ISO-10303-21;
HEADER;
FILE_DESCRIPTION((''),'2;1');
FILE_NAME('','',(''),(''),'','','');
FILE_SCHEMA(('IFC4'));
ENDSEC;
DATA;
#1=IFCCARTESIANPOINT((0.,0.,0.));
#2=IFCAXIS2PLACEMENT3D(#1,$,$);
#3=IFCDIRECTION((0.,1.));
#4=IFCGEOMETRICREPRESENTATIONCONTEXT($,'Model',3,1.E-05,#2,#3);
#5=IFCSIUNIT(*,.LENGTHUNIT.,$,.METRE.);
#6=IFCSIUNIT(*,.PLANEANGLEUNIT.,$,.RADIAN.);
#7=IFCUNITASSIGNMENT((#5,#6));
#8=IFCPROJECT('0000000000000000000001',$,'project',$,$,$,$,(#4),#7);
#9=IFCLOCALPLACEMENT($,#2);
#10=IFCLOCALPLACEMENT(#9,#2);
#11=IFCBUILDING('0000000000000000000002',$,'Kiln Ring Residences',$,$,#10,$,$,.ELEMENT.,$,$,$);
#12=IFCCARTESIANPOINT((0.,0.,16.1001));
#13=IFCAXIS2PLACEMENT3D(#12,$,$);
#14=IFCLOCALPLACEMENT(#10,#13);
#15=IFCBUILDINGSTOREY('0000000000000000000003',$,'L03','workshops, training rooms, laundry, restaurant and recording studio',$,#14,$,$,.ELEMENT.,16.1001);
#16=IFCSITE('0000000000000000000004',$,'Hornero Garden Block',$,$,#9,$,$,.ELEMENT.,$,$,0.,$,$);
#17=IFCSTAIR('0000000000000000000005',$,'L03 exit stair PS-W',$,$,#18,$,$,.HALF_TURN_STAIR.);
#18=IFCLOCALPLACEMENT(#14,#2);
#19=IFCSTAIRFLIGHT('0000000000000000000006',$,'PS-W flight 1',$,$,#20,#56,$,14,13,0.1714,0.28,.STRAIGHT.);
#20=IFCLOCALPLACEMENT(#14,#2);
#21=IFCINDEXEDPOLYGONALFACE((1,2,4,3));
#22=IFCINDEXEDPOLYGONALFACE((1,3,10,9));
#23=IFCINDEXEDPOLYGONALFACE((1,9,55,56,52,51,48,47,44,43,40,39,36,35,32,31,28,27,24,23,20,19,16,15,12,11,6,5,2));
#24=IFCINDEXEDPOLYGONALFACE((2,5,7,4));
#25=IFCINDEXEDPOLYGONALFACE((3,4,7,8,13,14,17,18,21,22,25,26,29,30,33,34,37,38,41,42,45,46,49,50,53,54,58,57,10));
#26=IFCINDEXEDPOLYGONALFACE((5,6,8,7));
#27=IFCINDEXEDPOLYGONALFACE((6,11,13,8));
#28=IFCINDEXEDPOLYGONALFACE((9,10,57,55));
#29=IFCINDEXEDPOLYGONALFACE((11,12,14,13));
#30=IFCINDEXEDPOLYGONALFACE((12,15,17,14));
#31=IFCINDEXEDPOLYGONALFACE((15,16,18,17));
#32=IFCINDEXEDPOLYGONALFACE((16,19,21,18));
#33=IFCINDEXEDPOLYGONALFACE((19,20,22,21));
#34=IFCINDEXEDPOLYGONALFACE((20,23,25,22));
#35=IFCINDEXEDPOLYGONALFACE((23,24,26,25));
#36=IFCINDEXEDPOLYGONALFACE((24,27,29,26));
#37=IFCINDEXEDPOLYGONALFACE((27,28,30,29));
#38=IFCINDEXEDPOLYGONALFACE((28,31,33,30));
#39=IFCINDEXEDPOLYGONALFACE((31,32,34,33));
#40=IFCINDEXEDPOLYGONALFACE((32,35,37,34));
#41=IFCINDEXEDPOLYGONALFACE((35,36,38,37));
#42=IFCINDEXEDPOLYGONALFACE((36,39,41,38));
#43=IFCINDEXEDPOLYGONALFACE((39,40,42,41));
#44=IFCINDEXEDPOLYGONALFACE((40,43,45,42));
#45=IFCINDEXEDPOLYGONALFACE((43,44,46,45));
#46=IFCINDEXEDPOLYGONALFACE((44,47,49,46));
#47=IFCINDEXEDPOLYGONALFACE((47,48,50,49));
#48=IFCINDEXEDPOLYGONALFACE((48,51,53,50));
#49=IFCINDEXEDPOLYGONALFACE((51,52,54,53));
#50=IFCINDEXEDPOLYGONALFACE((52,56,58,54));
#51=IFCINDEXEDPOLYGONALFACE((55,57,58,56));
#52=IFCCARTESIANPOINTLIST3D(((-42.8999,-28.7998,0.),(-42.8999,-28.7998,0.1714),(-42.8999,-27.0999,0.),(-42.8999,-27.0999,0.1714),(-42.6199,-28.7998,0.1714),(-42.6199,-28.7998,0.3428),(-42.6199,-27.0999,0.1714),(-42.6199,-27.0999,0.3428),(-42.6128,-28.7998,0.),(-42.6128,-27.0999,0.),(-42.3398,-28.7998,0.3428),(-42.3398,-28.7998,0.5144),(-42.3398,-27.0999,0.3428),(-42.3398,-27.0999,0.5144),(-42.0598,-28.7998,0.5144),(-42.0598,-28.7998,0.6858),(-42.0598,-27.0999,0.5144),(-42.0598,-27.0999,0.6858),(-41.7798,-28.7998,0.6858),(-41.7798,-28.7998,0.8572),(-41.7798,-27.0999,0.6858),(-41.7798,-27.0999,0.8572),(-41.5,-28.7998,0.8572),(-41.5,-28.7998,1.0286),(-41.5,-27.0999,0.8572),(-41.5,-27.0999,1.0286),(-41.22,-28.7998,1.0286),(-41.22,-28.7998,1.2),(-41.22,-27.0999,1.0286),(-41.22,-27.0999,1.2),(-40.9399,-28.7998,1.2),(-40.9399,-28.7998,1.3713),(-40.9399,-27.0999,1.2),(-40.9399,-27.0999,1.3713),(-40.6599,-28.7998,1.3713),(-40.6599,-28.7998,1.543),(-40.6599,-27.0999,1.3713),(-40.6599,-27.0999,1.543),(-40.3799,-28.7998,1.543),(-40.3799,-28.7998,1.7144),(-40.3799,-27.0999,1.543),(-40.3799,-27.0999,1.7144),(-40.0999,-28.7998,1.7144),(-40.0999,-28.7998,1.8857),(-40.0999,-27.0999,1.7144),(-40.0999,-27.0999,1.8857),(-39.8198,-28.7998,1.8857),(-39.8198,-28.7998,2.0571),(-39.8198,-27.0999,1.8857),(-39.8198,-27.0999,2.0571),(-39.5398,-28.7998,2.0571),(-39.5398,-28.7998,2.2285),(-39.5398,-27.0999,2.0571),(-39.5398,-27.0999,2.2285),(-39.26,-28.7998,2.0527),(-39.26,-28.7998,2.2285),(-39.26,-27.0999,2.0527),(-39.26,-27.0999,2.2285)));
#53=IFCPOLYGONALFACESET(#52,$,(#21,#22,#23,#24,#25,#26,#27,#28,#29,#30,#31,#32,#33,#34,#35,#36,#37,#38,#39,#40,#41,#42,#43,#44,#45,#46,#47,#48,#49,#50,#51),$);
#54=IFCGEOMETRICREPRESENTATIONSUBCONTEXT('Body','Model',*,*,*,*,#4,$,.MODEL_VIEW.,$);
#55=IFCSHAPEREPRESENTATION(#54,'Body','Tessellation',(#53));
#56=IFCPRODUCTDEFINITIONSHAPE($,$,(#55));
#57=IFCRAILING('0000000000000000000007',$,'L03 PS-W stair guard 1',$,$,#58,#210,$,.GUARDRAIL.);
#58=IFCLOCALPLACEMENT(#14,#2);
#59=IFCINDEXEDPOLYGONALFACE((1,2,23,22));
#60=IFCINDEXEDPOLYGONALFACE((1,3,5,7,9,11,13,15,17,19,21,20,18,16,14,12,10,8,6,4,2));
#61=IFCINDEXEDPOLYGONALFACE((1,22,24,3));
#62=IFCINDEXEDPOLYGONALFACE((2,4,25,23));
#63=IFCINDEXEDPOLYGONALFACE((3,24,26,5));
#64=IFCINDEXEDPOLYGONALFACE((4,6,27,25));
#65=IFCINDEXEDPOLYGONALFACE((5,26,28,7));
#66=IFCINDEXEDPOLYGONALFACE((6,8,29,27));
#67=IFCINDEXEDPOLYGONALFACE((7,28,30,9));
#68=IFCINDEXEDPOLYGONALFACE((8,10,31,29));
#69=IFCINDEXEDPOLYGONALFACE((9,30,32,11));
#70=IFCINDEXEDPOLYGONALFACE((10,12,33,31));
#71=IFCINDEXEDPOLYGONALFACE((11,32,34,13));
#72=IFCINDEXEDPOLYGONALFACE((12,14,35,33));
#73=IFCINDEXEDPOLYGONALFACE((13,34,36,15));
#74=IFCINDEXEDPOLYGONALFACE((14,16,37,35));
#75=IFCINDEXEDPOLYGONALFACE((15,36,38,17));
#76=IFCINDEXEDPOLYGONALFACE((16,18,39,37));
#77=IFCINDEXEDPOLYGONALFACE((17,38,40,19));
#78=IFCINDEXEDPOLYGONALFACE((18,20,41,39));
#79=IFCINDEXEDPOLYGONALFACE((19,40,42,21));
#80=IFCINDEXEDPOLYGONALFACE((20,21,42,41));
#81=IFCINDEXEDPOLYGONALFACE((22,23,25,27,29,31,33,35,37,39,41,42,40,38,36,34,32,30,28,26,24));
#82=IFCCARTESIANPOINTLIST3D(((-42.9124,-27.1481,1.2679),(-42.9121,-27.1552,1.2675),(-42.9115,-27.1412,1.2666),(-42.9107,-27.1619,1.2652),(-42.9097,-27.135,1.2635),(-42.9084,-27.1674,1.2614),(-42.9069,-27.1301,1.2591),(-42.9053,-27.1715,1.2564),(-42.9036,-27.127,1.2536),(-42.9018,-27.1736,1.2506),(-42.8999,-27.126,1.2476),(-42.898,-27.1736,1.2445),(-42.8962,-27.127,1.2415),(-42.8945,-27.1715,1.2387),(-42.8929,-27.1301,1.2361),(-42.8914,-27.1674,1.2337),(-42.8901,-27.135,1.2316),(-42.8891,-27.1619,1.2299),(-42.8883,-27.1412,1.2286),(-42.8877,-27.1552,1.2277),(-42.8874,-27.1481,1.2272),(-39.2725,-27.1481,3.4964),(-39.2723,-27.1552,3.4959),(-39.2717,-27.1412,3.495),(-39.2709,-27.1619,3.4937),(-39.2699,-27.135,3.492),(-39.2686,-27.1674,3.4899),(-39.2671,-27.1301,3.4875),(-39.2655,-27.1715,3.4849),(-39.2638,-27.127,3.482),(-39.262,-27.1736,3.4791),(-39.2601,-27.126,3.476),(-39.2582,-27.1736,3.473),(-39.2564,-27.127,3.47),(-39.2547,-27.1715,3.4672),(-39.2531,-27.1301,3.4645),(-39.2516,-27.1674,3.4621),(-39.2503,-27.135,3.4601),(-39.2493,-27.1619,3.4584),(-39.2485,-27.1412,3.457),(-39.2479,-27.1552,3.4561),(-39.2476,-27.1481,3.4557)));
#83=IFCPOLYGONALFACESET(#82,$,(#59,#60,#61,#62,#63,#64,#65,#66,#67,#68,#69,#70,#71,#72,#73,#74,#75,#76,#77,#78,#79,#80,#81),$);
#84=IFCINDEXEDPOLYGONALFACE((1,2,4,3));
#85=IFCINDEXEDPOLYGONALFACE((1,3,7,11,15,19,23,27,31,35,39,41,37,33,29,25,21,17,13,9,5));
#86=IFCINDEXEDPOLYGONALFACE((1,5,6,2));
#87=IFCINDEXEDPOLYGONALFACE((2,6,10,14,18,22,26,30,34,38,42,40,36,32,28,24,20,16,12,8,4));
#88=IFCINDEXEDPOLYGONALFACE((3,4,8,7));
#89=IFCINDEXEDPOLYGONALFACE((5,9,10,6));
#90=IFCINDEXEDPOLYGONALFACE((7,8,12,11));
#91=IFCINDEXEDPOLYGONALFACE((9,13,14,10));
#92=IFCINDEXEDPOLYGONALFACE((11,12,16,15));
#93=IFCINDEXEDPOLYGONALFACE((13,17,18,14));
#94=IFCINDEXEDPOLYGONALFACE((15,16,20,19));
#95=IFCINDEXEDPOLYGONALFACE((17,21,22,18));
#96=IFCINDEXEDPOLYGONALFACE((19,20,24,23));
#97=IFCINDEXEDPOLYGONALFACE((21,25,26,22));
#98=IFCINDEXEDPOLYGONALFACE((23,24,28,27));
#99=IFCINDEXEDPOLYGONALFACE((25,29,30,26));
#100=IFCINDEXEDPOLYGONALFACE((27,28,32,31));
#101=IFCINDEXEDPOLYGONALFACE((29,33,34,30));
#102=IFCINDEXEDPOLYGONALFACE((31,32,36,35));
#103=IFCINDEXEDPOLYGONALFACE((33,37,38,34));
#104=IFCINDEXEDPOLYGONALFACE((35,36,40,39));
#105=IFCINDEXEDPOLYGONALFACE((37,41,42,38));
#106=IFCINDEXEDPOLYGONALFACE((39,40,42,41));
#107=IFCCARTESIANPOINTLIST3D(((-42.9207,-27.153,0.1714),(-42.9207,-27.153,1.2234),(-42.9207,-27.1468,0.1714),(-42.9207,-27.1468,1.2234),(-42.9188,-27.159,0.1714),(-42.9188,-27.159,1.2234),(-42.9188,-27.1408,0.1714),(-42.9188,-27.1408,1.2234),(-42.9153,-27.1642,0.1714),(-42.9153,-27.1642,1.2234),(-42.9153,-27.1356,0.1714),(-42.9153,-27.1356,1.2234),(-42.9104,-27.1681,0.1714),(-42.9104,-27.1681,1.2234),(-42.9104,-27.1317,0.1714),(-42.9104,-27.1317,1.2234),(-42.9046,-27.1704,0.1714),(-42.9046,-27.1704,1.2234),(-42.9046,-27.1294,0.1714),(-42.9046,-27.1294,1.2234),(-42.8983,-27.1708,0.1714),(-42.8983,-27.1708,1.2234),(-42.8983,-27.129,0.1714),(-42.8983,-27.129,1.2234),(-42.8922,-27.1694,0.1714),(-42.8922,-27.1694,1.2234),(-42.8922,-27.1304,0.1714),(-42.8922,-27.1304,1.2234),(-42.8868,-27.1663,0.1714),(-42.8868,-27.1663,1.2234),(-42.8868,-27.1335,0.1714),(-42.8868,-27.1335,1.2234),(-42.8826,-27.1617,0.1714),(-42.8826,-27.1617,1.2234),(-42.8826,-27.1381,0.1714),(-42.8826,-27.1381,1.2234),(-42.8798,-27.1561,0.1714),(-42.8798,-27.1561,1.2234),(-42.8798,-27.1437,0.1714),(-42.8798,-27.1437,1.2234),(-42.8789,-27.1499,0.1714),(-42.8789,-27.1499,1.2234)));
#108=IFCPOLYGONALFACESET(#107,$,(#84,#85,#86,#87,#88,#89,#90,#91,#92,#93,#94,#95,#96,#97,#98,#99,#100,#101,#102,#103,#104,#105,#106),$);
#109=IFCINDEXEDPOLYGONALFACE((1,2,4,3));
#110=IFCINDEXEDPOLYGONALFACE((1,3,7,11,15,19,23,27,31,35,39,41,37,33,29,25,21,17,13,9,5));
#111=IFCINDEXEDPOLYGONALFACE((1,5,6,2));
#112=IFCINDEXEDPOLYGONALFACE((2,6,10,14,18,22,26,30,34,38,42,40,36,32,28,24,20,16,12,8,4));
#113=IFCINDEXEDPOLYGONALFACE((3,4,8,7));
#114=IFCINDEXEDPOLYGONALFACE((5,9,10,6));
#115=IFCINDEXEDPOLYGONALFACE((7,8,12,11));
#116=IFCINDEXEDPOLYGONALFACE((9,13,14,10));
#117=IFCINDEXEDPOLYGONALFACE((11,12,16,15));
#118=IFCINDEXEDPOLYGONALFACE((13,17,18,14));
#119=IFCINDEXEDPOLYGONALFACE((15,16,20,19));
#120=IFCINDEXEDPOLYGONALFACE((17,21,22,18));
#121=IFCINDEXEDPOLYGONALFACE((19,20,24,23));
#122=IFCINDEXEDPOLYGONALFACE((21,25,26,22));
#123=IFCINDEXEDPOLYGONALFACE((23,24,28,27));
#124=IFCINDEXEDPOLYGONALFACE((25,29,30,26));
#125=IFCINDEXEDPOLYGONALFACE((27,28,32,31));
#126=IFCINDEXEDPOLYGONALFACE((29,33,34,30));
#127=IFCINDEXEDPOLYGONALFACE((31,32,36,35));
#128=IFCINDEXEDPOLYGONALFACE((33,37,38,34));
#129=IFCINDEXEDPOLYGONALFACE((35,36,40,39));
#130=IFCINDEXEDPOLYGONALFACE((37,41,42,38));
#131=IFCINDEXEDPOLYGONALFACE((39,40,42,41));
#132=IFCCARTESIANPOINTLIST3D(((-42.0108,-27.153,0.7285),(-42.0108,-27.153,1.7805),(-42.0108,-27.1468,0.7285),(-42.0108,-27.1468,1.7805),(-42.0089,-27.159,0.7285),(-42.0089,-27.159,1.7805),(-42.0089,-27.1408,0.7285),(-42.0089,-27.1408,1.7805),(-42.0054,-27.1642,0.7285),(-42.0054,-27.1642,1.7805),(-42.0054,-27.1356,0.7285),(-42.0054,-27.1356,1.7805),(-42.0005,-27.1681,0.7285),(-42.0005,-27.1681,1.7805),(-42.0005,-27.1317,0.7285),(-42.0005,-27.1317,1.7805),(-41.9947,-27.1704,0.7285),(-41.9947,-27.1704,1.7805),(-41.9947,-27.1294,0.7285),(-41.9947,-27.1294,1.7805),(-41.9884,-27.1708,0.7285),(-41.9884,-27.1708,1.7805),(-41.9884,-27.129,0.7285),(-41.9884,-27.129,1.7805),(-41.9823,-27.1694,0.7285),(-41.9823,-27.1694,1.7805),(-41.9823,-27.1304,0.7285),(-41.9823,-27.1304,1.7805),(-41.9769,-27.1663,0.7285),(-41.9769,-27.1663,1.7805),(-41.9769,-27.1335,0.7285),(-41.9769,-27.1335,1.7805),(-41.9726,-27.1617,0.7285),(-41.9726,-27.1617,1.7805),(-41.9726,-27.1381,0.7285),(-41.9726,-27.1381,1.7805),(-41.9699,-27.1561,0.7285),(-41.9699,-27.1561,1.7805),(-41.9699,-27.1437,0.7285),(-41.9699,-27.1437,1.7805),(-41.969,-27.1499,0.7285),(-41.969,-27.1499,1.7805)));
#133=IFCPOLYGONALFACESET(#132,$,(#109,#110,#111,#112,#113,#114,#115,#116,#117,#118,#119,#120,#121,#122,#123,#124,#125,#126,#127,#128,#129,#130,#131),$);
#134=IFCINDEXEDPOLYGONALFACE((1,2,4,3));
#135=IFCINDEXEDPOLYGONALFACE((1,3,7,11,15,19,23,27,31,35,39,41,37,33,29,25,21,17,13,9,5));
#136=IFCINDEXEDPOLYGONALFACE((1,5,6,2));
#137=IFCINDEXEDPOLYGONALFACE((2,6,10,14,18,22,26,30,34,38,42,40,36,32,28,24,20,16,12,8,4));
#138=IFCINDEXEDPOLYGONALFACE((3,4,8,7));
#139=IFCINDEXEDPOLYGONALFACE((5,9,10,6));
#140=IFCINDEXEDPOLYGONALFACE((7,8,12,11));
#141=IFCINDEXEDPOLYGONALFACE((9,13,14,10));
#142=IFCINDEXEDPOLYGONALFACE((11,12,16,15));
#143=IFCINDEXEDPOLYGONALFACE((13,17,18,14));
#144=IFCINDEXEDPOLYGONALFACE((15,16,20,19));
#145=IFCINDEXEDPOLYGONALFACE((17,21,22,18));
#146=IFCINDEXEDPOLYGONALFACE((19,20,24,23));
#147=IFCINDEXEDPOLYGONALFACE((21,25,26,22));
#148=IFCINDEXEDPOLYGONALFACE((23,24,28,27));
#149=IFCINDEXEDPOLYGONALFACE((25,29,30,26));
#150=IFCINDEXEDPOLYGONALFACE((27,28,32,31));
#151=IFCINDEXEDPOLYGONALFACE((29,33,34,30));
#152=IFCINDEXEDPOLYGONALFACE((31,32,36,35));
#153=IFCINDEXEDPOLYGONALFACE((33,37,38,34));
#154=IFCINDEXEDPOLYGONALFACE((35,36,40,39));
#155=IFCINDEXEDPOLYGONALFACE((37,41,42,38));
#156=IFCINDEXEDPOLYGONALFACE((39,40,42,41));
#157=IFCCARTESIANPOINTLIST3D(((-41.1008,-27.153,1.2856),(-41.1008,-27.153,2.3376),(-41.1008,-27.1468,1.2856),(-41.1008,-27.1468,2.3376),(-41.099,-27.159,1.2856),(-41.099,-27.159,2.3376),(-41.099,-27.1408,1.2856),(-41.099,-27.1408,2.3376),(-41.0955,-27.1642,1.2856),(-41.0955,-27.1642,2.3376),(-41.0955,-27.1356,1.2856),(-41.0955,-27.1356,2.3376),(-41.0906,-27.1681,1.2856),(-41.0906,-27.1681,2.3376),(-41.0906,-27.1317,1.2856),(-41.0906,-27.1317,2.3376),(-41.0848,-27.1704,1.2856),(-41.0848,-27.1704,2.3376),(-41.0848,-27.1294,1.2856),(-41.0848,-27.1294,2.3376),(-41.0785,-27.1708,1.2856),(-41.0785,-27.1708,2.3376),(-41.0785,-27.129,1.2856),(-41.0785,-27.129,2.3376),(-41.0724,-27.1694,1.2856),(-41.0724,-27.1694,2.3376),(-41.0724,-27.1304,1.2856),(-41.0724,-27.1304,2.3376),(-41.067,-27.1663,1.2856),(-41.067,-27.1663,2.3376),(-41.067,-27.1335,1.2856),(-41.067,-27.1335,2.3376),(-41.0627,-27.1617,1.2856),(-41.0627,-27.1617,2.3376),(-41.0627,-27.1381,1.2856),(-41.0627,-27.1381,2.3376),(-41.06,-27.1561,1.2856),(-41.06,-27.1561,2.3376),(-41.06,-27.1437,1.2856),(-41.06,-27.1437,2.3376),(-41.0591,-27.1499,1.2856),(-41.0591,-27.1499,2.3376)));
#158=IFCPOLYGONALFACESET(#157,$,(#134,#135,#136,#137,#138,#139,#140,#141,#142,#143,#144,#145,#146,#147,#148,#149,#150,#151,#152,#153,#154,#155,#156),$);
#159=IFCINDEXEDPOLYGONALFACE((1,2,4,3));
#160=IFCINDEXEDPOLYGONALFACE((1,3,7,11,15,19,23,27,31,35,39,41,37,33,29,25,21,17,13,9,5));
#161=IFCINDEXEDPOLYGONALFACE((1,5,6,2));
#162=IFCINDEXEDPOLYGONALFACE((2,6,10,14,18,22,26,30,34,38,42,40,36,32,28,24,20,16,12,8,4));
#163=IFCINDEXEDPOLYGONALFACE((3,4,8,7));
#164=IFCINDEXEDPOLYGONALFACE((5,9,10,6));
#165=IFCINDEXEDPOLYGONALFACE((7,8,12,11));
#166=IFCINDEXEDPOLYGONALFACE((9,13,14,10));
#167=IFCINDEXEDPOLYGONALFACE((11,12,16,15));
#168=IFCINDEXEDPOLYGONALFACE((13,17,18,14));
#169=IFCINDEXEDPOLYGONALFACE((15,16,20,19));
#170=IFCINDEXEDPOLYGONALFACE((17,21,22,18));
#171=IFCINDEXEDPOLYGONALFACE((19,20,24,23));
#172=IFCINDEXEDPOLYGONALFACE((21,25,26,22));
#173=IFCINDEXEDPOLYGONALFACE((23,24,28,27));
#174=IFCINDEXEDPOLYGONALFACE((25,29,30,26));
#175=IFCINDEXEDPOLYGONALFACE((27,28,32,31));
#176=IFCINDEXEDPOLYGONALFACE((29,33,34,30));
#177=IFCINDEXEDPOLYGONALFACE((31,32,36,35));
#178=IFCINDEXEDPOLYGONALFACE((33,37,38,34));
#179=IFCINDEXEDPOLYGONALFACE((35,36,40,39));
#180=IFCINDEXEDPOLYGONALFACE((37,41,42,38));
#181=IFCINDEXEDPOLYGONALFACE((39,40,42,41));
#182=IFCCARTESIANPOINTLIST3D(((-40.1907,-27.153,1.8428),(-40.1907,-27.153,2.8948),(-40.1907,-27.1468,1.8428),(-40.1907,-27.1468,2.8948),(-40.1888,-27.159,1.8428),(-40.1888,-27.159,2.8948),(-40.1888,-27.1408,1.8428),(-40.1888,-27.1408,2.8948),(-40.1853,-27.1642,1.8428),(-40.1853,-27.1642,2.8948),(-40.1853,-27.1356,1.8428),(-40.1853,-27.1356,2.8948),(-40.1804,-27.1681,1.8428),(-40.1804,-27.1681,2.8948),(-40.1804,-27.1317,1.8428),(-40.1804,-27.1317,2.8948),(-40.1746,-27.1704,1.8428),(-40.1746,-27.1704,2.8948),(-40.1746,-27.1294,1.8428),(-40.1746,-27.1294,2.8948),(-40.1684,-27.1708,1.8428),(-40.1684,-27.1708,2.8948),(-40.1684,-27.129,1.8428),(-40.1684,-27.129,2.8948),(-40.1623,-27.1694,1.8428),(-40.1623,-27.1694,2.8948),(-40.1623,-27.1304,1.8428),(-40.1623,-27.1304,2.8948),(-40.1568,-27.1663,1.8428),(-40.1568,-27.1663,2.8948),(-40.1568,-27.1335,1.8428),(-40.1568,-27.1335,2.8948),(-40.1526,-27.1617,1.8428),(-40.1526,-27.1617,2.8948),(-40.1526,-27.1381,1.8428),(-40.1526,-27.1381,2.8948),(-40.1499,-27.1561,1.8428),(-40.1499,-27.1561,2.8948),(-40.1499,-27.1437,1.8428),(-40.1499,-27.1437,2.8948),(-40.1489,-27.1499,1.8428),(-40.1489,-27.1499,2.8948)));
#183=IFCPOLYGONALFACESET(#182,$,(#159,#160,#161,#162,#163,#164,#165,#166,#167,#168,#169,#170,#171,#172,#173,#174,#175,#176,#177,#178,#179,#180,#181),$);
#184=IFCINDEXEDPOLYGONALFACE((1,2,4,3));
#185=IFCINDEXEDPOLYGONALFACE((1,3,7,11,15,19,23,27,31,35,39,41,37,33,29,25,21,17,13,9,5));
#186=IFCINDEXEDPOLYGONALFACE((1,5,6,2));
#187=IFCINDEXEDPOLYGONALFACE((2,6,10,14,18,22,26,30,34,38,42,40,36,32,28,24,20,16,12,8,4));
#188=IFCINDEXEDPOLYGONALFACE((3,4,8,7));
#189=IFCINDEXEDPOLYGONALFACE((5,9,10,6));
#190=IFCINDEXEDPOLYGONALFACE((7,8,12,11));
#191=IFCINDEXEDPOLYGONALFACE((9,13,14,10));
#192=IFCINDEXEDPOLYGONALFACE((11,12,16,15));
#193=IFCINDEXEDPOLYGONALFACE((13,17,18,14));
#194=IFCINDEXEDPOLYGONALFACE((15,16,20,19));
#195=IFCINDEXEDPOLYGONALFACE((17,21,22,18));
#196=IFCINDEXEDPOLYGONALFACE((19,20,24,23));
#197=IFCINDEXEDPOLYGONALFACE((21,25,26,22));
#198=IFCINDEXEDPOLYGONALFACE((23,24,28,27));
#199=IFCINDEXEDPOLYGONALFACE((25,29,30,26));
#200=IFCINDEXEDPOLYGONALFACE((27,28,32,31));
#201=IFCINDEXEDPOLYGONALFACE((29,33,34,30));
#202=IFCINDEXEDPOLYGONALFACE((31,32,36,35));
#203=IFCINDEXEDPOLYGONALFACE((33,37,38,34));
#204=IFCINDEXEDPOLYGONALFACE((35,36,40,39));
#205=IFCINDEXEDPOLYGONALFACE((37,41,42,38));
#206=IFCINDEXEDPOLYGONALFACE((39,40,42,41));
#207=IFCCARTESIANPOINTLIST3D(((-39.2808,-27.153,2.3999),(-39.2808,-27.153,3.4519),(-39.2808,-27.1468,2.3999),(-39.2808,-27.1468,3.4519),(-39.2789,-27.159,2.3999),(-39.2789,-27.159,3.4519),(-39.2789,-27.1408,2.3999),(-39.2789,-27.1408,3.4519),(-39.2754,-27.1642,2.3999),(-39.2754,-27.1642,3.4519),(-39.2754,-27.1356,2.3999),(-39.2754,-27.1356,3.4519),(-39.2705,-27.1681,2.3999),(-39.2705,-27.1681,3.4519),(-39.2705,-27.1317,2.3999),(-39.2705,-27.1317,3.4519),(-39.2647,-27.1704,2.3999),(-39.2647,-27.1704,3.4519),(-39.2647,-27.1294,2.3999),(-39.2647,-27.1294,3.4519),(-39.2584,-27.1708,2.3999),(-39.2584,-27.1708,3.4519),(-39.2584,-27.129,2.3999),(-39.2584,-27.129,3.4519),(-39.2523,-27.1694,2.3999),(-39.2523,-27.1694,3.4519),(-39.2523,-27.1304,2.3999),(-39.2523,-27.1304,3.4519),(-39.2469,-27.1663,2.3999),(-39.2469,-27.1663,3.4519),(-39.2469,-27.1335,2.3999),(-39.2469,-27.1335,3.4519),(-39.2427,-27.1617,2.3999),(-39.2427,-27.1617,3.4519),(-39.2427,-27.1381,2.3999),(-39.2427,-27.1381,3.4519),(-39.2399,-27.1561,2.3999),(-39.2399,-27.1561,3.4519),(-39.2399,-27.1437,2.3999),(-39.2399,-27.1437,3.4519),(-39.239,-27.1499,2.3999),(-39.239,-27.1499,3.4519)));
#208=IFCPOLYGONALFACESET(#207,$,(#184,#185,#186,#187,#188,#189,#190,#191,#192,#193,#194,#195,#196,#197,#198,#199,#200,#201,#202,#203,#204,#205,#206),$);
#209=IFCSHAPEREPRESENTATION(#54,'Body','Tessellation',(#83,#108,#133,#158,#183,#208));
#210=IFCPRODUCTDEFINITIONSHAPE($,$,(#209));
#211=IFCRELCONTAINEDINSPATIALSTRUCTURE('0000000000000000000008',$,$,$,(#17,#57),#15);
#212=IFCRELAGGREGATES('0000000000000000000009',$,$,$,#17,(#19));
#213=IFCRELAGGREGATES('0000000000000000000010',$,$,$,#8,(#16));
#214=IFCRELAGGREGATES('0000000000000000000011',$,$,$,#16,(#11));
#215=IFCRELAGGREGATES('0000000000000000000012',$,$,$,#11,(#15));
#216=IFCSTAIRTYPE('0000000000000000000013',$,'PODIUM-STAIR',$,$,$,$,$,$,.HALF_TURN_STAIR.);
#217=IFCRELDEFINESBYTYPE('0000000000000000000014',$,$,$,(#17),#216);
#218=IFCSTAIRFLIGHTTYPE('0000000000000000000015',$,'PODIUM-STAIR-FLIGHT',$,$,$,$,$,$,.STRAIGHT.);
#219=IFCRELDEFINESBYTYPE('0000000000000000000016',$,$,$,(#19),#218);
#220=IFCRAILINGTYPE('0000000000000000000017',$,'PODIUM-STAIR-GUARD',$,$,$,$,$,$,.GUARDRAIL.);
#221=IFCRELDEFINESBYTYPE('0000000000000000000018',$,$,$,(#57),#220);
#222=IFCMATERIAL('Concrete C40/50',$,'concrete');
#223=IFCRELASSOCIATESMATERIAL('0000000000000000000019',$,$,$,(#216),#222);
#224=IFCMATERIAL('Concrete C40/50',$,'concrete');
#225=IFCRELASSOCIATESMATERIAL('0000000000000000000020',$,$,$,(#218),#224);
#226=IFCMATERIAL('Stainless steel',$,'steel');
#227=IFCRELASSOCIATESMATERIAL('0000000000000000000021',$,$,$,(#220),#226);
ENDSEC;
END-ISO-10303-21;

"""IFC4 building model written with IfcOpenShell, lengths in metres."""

from ifc_helpers import new_model, si_unit, direction, frame, origin, origin_2d, place, context, subcontext, project, spatial, polyline, circle, outline, extrude, material, type_object, element, aggregate, save


model = new_model("IFC4")

# Units and contexts
model_context = context("Model", 3, precision=1e-05, world=origin(), true_north=direction((0.0, 1.0)))
body_context = subcontext(model_context, "Body", "Model", "MODEL_VIEW")
ifc_project = project(units=[si_unit("LENGTHUNIT", "METRE"), si_unit("PLANEANGLEUNIT", "RADIAN")], contexts=[model_context])

# Site, building, storey
site_placement = place(None, origin())
site = spatial("IfcSite", under=ifc_project, at=site_placement, Name="Hornero Garden Block", CompositionType="ELEMENT", RefElevation=0.0)
building_placement = place(site_placement, origin())
building = spatial("IfcBuilding", under=site, at=building_placement, Name="Kiln Ring Residences", CompositionType="ELEMENT")
storey_placement = place(building_placement, frame((0.0, 0.0, 16.1001)))
storey = spatial("IfcBuildingStorey", under=building, at=storey_placement, Name="L03", Description="workshops, training rooms, laundry, restaurant and recording studio", CompositionType="ELEMENT", Elevation=16.1001)

# Stair, stair flight
ifc_material_1 = material(Name="Concrete C40/50", Category="concrete")
stair_type = type_object("IfcStairType", Name="PODIUM-STAIR", PredefinedType="HALF_TURN_STAIR", material=ifc_material_1)
stair_placement = place(storey_placement, origin())
stair = element("IfcStair", 1, at=stair_placement, inside=storey, type_object=stair_type, Name="L03 exit stair PS-W", PredefinedType="HALF_TURN_STAIR")
ifc_material_2 = material(Name="Concrete C40/50", Category="concrete")
stair_flight_type = type_object("IfcStairFlightType", Name="PODIUM-STAIR-FLIGHT", PredefinedType="STRAIGHT", material=ifc_material_2)
stair_flight_placement = place(storey_placement, frame((-42.8999, -27.95, 0.0), z_axis=(0.0, 0.0, 1.0), x_axis=(1.0, 0.0, 0.0)))
stair_flight = element("IfcStairFlight", 2, at=stair_flight_placement, type_object=stair_flight_type, Name="PS-W flight 1", NumberOfRisers=14, NumberOfTreads=13, PredefinedType="STRAIGHT", RiserHeight=0.1714, TreadLength=0.28, context=body_context, shape_type="SweptSolid", body=[
    extrude(outline(polyline([(0.0, 0.0), (0.0, 0.1714), (0.28, 0.1714), (0.28, 0.3428), (0.5601, 0.3428), (0.5601, 0.5144), (0.8401, 0.5144), (0.8401, 0.6858), (1.1201, 0.6858), (1.1201, 0.8572), (1.3999, 0.8572), (1.3999, 1.0286), (1.6799, 1.0286), (1.6799, 1.2), (1.96, 1.2), (1.96, 1.3713), (2.24, 1.3713), (2.24, 1.543), (2.52, 1.543), (2.52, 1.7144), (2.8, 1.7144), (2.8, 1.8857), (3.0801, 1.8857), (3.0801, 2.0571), (3.3601, 2.0571), (3.3601, 2.2285), (3.6399, 2.2285), (3.6399, 2.3999), (3.6399, 2.0527), (0.2871, 0.0), (0.0, 0.0)])), frame((0.0, 0.8501, 0.0), z_axis=(0.0, -1.0, 0.0), x_axis=(1.0, 0.0, 0.0)), (0.0, 0.0, 1.0), 1.7),
])
aggregate(stair, [stair_flight])

# Railing
ifc_material_3 = material(Name="Stainless steel", Category="steel")
railing_type_1 = type_object("IfcRailingType", Name="PODIUM-STAIR-GUARD", PredefinedType="GUARDRAIL", material=ifc_material_3)
railing_1_placement = place(storey_placement, frame((-42.8999, -27.1499, 0.1714)))
element("IfcRailing", 3, at=railing_1_placement, inside=storey, type_object=railing_type_1, Name="L03 PS-W stair guard 1", PredefinedType="GUARDRAIL", context=body_context, shape_type="SweptSolid", body=[
    extrude(circle(Radius=0.0239, at=origin_2d()), frame((0.0, 0.0, 1.0762), z_axis=(0.85285, 0.0, 0.522156), x_axis=(0.0, 1.0, 0.0)), (0.0, 0.0, 1.0), 4.2678),
    extrude(circle(Radius=0.021, at=origin_2d()), origin(), (0.0, 0.0, 1.0), 1.052),
    extrude(circle(Radius=0.021, at=origin_2d()), frame((0.9099, 0.0, 0.5571)), (0.0, 0.0, 1.0), 1.052),
    extrude(circle(Radius=0.021, at=origin_2d()), frame((1.8198, 0.0, 1.1143)), (0.0, 0.0, 1.0), 1.052),
    extrude(circle(Radius=0.021, at=origin_2d()), frame((2.73, 0.0, 1.6714)), (0.0, 0.0, 1.0), 1.052),
    extrude(circle(Radius=0.021, at=origin_2d()), frame((3.6399, 0.0, 2.2285)), (0.0, 0.0, 1.0), 1.052),
])

save(model, "model.ifc")
